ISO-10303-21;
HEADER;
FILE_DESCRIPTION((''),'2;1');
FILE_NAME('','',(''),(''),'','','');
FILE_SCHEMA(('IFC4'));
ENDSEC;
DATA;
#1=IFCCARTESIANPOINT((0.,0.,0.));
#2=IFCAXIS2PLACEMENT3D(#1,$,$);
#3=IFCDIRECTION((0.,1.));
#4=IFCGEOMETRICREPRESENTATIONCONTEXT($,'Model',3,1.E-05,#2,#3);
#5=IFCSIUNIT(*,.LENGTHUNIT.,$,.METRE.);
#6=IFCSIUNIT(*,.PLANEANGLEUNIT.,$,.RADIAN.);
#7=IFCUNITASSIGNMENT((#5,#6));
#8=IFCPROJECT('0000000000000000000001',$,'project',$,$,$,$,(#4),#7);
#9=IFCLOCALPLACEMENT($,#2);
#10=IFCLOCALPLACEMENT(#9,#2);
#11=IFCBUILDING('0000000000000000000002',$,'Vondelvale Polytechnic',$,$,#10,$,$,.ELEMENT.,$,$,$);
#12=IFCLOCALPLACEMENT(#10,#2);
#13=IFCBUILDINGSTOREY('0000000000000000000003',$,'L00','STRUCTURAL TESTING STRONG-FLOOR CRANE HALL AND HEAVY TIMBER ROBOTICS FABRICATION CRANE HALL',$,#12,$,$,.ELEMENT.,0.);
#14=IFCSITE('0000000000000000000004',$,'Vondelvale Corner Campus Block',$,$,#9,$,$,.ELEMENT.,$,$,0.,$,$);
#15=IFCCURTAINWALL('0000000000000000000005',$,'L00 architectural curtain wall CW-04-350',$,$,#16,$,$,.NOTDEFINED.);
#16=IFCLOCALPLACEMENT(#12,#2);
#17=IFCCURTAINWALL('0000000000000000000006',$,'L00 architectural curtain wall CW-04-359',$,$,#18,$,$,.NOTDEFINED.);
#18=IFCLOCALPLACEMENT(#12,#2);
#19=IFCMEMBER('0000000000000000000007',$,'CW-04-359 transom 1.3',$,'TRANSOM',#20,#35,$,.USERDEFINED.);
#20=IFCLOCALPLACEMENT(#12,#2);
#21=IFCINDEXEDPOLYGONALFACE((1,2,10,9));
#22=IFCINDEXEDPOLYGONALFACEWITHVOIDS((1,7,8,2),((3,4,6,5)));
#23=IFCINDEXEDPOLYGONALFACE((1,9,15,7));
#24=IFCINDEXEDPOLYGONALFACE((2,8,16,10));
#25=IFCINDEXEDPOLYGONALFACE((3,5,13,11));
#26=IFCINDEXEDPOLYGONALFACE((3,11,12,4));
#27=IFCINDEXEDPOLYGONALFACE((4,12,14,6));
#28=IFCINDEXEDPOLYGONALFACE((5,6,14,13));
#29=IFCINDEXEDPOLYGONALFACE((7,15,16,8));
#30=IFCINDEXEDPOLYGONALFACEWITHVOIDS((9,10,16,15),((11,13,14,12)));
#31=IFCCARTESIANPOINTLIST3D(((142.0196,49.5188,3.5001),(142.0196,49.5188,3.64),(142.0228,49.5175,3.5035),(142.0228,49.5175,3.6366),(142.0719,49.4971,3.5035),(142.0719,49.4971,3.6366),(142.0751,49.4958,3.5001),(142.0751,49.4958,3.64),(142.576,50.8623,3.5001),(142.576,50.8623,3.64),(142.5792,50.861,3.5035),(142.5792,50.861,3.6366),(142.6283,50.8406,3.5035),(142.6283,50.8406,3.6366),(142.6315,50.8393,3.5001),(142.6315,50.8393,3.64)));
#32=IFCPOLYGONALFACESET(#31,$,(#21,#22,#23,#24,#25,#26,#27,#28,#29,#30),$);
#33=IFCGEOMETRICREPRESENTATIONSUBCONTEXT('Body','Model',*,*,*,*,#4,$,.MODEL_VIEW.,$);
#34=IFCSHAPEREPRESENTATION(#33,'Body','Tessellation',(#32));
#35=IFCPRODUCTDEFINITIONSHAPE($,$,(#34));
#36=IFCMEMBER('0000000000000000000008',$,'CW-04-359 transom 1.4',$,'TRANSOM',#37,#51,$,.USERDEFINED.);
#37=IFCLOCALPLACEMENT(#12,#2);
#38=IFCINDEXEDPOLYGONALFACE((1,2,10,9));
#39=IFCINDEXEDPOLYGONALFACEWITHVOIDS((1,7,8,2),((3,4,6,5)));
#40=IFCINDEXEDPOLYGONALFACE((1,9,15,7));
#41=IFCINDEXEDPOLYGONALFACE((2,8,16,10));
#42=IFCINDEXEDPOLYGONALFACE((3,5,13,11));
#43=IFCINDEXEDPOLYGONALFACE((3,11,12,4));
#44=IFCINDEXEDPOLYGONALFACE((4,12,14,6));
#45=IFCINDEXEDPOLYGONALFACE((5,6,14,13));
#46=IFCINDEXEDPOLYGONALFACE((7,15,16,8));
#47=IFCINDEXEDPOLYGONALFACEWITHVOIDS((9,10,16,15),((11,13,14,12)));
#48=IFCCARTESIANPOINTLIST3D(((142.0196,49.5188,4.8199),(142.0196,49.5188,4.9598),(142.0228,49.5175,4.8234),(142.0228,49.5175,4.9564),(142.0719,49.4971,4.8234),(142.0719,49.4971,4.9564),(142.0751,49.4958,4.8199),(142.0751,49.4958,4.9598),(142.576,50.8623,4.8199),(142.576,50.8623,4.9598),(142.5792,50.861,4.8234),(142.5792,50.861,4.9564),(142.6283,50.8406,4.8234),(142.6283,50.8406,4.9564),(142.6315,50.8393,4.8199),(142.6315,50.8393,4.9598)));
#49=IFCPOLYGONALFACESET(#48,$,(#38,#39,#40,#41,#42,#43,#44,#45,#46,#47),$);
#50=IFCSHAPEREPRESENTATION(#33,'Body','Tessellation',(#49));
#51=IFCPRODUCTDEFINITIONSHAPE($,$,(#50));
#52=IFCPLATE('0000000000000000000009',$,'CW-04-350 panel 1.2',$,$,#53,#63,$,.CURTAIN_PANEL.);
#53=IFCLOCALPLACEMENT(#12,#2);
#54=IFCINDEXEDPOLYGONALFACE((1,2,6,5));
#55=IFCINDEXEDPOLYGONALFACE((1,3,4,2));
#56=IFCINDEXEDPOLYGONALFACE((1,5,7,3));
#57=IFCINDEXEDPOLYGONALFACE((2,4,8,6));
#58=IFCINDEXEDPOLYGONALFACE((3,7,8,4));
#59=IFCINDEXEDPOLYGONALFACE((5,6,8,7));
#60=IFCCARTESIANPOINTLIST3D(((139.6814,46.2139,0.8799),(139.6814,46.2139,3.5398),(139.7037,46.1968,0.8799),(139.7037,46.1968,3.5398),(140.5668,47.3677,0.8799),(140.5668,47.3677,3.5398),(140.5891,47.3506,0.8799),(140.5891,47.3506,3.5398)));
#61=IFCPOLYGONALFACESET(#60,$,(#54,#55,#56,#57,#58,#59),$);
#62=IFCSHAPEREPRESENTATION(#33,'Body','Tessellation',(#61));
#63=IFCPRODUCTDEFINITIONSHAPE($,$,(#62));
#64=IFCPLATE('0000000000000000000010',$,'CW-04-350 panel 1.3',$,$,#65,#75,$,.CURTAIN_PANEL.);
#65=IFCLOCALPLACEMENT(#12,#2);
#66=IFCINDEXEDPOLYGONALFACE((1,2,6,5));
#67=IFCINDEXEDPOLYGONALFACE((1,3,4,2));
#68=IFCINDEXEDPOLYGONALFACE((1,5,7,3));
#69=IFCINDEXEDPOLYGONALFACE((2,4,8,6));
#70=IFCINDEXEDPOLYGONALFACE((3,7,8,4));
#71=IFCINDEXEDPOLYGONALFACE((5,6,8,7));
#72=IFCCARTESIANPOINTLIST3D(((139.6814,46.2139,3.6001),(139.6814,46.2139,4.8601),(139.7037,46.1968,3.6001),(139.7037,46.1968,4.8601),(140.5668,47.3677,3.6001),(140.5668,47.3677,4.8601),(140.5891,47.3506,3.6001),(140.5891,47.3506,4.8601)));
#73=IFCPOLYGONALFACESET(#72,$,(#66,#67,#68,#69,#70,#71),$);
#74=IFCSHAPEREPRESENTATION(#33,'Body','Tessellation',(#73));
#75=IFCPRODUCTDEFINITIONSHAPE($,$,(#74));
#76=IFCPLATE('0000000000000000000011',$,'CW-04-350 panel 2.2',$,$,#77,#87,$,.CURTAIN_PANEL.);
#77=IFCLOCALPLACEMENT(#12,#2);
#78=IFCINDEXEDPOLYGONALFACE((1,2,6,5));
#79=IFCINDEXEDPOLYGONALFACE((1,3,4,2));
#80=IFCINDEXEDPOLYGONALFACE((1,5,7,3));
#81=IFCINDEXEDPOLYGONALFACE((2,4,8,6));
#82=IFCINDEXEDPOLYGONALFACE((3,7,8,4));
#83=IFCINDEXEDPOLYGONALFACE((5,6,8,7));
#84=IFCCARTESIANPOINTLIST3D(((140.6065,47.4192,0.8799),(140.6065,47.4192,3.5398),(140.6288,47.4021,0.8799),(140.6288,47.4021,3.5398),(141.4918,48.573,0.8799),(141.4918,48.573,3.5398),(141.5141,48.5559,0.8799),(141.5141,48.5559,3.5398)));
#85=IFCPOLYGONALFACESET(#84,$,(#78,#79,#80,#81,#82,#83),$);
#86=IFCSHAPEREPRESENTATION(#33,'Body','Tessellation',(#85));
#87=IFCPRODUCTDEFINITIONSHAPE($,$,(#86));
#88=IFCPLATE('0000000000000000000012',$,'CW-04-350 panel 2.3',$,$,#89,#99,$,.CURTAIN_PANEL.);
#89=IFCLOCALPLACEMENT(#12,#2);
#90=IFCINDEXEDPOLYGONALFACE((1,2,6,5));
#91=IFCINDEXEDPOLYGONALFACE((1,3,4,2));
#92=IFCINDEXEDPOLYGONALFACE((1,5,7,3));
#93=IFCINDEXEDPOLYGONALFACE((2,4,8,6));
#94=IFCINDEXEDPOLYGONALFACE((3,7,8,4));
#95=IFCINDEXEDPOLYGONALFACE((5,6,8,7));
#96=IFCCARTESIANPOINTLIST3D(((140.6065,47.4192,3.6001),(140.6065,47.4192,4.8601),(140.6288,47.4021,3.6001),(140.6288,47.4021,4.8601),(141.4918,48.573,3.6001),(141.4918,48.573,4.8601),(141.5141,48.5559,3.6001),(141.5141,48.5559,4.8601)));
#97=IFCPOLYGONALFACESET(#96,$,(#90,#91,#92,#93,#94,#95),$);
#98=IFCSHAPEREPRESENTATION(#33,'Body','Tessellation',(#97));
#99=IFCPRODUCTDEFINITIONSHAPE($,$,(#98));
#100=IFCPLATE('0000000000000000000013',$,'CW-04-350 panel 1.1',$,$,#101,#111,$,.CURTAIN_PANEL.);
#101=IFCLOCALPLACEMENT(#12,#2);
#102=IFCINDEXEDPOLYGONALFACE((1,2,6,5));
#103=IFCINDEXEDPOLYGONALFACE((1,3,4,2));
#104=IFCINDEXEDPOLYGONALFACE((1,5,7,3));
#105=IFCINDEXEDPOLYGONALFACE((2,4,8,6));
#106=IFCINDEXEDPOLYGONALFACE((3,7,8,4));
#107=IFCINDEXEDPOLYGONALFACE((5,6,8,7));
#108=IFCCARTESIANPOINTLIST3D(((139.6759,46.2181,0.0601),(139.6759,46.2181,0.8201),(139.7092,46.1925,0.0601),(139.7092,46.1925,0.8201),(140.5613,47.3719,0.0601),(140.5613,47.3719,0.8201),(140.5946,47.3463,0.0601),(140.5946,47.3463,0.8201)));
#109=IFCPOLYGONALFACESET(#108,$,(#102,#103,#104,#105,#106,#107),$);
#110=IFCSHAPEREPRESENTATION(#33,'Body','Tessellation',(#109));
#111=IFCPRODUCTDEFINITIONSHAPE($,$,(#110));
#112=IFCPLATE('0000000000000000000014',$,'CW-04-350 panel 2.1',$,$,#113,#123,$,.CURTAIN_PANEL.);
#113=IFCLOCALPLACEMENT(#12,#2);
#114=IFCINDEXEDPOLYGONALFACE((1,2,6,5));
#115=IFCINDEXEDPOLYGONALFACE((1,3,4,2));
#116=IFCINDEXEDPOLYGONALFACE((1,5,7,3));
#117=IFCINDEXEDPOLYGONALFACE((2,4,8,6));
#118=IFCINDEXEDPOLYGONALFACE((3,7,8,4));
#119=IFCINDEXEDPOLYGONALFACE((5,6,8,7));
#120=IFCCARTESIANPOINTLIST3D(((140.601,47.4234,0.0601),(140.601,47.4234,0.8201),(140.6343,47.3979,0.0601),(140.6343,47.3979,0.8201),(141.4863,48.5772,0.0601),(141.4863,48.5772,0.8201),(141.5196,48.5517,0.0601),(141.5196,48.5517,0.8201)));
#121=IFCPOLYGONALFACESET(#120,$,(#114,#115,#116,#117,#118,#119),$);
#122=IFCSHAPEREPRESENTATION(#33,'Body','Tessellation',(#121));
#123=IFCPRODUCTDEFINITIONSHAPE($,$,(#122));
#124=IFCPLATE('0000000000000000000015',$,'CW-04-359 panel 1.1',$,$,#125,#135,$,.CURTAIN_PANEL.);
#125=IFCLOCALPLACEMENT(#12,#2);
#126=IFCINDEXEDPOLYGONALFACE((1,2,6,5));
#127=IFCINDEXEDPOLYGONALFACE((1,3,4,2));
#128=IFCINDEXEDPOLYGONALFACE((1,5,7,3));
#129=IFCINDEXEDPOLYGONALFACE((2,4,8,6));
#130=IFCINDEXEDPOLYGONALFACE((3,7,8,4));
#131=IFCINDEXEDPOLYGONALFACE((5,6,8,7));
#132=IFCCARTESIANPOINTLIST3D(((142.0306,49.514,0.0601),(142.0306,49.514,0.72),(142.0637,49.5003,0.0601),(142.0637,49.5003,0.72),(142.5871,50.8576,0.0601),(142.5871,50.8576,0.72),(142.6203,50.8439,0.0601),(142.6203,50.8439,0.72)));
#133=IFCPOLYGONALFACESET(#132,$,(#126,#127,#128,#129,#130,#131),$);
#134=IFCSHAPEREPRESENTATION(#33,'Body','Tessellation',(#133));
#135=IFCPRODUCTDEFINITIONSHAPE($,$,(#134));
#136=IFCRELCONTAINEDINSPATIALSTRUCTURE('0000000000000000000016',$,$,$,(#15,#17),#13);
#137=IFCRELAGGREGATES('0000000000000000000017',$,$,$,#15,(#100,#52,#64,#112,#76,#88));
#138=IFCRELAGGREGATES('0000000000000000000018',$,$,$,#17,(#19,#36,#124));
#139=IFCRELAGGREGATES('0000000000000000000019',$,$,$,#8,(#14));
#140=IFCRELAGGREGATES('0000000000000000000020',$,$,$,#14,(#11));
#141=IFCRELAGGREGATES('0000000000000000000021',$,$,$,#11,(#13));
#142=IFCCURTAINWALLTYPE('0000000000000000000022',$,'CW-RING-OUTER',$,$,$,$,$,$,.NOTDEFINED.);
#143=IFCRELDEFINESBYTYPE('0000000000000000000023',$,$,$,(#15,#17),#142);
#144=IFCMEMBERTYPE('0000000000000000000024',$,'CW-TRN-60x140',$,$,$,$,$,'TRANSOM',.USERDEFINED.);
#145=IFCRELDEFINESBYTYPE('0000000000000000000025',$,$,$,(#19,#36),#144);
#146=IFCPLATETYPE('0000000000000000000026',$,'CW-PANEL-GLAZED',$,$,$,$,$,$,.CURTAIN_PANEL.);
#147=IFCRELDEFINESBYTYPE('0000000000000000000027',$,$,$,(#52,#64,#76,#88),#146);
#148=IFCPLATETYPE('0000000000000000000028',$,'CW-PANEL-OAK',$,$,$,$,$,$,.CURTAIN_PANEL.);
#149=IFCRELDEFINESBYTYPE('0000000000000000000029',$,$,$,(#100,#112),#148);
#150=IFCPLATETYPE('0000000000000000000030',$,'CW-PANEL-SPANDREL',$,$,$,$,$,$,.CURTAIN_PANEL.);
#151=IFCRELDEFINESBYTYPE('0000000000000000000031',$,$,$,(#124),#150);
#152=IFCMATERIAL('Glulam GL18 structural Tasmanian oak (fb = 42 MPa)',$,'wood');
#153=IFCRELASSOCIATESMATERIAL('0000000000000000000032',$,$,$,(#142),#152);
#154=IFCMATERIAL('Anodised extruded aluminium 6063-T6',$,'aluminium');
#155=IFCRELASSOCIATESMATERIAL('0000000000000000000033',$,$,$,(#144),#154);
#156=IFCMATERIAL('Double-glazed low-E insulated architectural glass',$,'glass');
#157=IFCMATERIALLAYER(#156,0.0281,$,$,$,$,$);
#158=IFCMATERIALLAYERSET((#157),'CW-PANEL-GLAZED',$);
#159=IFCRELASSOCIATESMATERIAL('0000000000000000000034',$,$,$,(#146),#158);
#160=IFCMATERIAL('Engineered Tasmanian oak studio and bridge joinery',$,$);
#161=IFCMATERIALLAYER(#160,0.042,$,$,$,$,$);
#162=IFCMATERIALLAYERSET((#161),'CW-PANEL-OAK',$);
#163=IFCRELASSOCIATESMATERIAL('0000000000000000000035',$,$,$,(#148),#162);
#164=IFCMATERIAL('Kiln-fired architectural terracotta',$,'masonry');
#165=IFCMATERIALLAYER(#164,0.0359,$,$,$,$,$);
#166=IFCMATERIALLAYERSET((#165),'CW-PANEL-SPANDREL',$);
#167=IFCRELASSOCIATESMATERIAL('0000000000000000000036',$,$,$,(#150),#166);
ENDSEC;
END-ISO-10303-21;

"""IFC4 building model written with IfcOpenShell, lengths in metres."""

from ifc_helpers import new_model, si_unit, direction, frame, origin, origin_2d, place, context, subcontext, project, spatial, rectangle, hollow_rectangle, extrude, material, layer, layer_set, material_profile, profile_set, type_object, element, aggregate, save


model = new_model("IFC4")

# Units and contexts
model_context = context("Model", 3, precision=1e-05, world=origin(), true_north=direction((0.0, 1.0)))
body_context = subcontext(model_context, "Body", "Model", "MODEL_VIEW")
ifc_project = project(units=[si_unit("LENGTHUNIT", "METRE"), si_unit("PLANEANGLEUNIT", "RADIAN")], contexts=[model_context])

# Site, building, storey
site_placement = place(None, origin())
site = spatial("IfcSite", under=ifc_project, at=site_placement, Name="Vondelvale Corner Campus Block", CompositionType="ELEMENT", RefElevation=0.0)
building_placement = place(site_placement, origin())
building = spatial("IfcBuilding", under=site, at=building_placement, Name="Vondelvale Polytechnic", CompositionType="ELEMENT")
storey_placement = place(building_placement, origin())
storey = spatial("IfcBuildingStorey", under=building, at=storey_placement, Name="L00", Description="STRUCTURAL TESTING STRONG-FLOOR CRANE HALL AND HEAVY TIMBER ROBOTICS FABRICATION CRANE HALL", CompositionType="ELEMENT", Elevation=0.0)

# Curtain wall
ifc_material_1 = material(Name="Glulam GL18 structural Tasmanian oak (fb = 42 MPa)", Category="wood")
curtain_wall_type = type_object("IfcCurtainWallType", Name="CW-RING-OUTER", PredefinedType="NOTDEFINED", material=ifc_material_1)
curtain_wall_1_placement = place(storey_placement, origin())
curtain_wall_1 = element("IfcCurtainWall", 1, at=curtain_wall_1_placement, inside=storey, type_object=curtain_wall_type, Name="L00 architectural curtain wall CW-04-350", PredefinedType="NOTDEFINED")
ifc_material_2 = material(Name="Anodised extruded aluminium 6063-T6", Category="aluminium")

# Curtain wall
curtain_wall_2_placement = place(storey_placement, origin())
curtain_wall_2 = element("IfcCurtainWall", 2, at=curtain_wall_2_placement, inside=storey, type_object=curtain_wall_type, Name="L00 architectural curtain wall CW-04-359", PredefinedType="NOTDEFINED")

# Members
ifc_material_profile_1 = material_profile(ifc_material_2, hollow_rectangle(XDim=0.0601, YDim=0.1399, WallThickness=0.0034, at=origin_2d()), Name="CW-TRN-140x60")
ifc_profile_set_1 = profile_set([ifc_material_profile_1], Name="Anodised extruded aluminium 6063-T6")
member_type_1 = type_object("IfcMemberType", Name="CW-TRN-60x140", ElementType="TRANSOM", PredefinedType="USERDEFINED", material=ifc_profile_set_1)
member_1_placement = place(storey_placement, frame((142.0474, 49.5073, 3.5701), z_axis=(0.382624, 0.923904, 0.0), x_axis=(-0.923904, 0.382624, 0.0)))
member_1 = element("IfcMember", 3, at=member_1_placement, type_object=member_type_1, Name="CW-04-359 transom 1.3", ObjectType="TRANSOM", PredefinedType="USERDEFINED", context=body_context, shape_type="SweptSolid", body=[
    extrude(hollow_rectangle(XDim=0.0601, YDim=0.1399, WallThickness=0.0034, at=origin_2d()), origin(), (0.0, 0.0, 1.0), 1.4541),
])
member_2_placement = place(storey_placement, frame((142.0474, 49.5073, 4.8899), z_axis=(0.382624, 0.923904, 0.0), x_axis=(-0.923904, 0.382624, 0.0)))
member_2 = element("IfcMember", 4, at=member_2_placement, type_object=member_type_1, Name="CW-04-359 transom 1.4", ObjectType="TRANSOM", PredefinedType="USERDEFINED", context=body_context, shape_type="SweptSolid", body=[
    extrude(hollow_rectangle(XDim=0.0601, YDim=0.1399, WallThickness=0.0034, at=origin_2d()), origin(), (0.0, 0.0, 1.0), 1.4541),
])

# Plates
ifc_material_3 = material(Name="Double-glazed low-E insulated architectural glass", Category="glass")
ifc_layer_1 = layer(ifc_material_3, 0.0281)
ifc_layer_set_1 = layer_set([ifc_layer_1], Name="CW-PANEL-GLAZED")
plate_type_1 = type_object("IfcPlateType", Name="CW-PANEL-GLAZED", PredefinedType="CURTAIN_PANEL", material=ifc_layer_set_1)
plate_1_placement = place(storey_placement, frame((140.1353, 46.7822, 0.8799), z_axis=(0.0, 0.0, 1.0), x_axis=(0.608764, 0.793352, 0.0)))
plate_1 = element("IfcPlate", 5, at=plate_1_placement, type_object=plate_type_1, Name="CW-04-350 panel 1.2", PredefinedType="CURTAIN_PANEL", context=body_context, shape_type="SweptSolid", body=[
    extrude(rectangle(XDim=1.4543, YDim=0.0281, at=origin_2d()), origin(), (0.0, 0.0, 1.0), 2.6599),
])
plate_2_placement = place(storey_placement, frame((140.1353, 46.7822, 3.6001), z_axis=(0.0, 0.0, 1.0), x_axis=(0.608764, 0.793352, 0.0)))
plate_2 = element("IfcPlate", 6, at=plate_2_placement, type_object=plate_type_1, Name="CW-04-350 panel 1.3", PredefinedType="CURTAIN_PANEL", context=body_context, shape_type="SweptSolid", body=[
    extrude(rectangle(XDim=1.4543, YDim=0.0281, at=origin_2d()), origin(), (0.0, 0.0, 1.0), 1.26),
])
plate_3_placement = place(storey_placement, frame((141.0603, 47.9875, 0.8799), z_axis=(0.0, 0.0, 1.0), x_axis=(0.608764, 0.793352, 0.0)))
plate_3 = element("IfcPlate", 7, at=plate_3_placement, type_object=plate_type_1, Name="CW-04-350 panel 2.2", PredefinedType="CURTAIN_PANEL", context=body_context, shape_type="SweptSolid", body=[
    extrude(rectangle(XDim=1.4543, YDim=0.0281, at=origin_2d()), origin(), (0.0, 0.0, 1.0), 2.6599),
])
plate_4_placement = place(storey_placement, frame((141.0603, 47.9875, 3.6001), z_axis=(0.0, 0.0, 1.0), x_axis=(0.608764, 0.793352, 0.0)))
plate_4 = element("IfcPlate", 8, at=plate_4_placement, type_object=plate_type_1, Name="CW-04-350 panel 2.3", PredefinedType="CURTAIN_PANEL", context=body_context, shape_type="SweptSolid", body=[
    extrude(rectangle(XDim=1.4543, YDim=0.0281, at=origin_2d()), origin(), (0.0, 0.0, 1.0), 1.26),
])
ifc_material_4 = material(Name="Engineered Tasmanian oak studio and bridge joinery")
ifc_layer_2 = layer(ifc_material_4, 0.042)
ifc_layer_set_2 = layer_set([ifc_layer_2], Name="CW-PANEL-OAK")
plate_type_2 = type_object("IfcPlateType", Name="CW-PANEL-OAK", PredefinedType="CURTAIN_PANEL", material=ifc_layer_set_2)
plate_5_placement = place(storey_placement, frame((140.1353, 46.7822, 0.0601), z_axis=(0.0, 0.0, 1.0), x_axis=(0.608764, 0.793352, 0.0)))
plate_5 = element("IfcPlate", 9, at=plate_5_placement, type_object=plate_type_2, Name="CW-04-350 panel 1.1", PredefinedType="CURTAIN_PANEL", context=body_context, shape_type="SweptSolid", body=[
    extrude(rectangle(XDim=1.4543, YDim=0.042, at=origin_2d()), origin(), (0.0, 0.0, 1.0), 0.76),
])
plate_6_placement = place(storey_placement, frame((141.0603, 47.9875, 0.0601), z_axis=(0.0, 0.0, 1.0), x_axis=(0.608764, 0.793352, 0.0)))
plate_6 = element("IfcPlate", 10, at=plate_6_placement, type_object=plate_type_2, Name="CW-04-350 panel 2.1", PredefinedType="CURTAIN_PANEL", context=body_context, shape_type="SweptSolid", body=[
    extrude(rectangle(XDim=1.4543, YDim=0.042, at=origin_2d()), origin(), (0.0, 0.0, 1.0), 0.76),
])
aggregate(curtain_wall_1, [plate_5, plate_1, plate_2, plate_6, plate_3, plate_4])
ifc_material_5 = material(Name="Kiln-fired architectural terracotta", Category="masonry")
ifc_layer_3 = layer(ifc_material_5, 0.0359)
ifc_layer_set_3 = layer_set([ifc_layer_3], Name="CW-PANEL-SPANDREL")
plate_type_3 = type_object("IfcPlateType", Name="CW-PANEL-SPANDREL", PredefinedType="CURTAIN_PANEL", material=ifc_layer_set_3)
plate_7_placement = place(storey_placement, frame((142.3254, 50.179, 0.0601), z_axis=(0.0, 0.0, 1.0), x_axis=(0.382679, 0.923881, 0.0)))
plate_7 = element("IfcPlate", 11, at=plate_7_placement, type_object=plate_type_3, Name="CW-04-359 panel 1.1", PredefinedType="CURTAIN_PANEL", context=body_context, shape_type="SweptSolid", body=[
    extrude(rectangle(XDim=1.4543, YDim=0.0359, at=origin_2d()), origin(), (0.0, 0.0, 1.0), 0.6599),
])
aggregate(curtain_wall_2, [member_1, member_2, plate_7])

save(model, "model.ifc")
